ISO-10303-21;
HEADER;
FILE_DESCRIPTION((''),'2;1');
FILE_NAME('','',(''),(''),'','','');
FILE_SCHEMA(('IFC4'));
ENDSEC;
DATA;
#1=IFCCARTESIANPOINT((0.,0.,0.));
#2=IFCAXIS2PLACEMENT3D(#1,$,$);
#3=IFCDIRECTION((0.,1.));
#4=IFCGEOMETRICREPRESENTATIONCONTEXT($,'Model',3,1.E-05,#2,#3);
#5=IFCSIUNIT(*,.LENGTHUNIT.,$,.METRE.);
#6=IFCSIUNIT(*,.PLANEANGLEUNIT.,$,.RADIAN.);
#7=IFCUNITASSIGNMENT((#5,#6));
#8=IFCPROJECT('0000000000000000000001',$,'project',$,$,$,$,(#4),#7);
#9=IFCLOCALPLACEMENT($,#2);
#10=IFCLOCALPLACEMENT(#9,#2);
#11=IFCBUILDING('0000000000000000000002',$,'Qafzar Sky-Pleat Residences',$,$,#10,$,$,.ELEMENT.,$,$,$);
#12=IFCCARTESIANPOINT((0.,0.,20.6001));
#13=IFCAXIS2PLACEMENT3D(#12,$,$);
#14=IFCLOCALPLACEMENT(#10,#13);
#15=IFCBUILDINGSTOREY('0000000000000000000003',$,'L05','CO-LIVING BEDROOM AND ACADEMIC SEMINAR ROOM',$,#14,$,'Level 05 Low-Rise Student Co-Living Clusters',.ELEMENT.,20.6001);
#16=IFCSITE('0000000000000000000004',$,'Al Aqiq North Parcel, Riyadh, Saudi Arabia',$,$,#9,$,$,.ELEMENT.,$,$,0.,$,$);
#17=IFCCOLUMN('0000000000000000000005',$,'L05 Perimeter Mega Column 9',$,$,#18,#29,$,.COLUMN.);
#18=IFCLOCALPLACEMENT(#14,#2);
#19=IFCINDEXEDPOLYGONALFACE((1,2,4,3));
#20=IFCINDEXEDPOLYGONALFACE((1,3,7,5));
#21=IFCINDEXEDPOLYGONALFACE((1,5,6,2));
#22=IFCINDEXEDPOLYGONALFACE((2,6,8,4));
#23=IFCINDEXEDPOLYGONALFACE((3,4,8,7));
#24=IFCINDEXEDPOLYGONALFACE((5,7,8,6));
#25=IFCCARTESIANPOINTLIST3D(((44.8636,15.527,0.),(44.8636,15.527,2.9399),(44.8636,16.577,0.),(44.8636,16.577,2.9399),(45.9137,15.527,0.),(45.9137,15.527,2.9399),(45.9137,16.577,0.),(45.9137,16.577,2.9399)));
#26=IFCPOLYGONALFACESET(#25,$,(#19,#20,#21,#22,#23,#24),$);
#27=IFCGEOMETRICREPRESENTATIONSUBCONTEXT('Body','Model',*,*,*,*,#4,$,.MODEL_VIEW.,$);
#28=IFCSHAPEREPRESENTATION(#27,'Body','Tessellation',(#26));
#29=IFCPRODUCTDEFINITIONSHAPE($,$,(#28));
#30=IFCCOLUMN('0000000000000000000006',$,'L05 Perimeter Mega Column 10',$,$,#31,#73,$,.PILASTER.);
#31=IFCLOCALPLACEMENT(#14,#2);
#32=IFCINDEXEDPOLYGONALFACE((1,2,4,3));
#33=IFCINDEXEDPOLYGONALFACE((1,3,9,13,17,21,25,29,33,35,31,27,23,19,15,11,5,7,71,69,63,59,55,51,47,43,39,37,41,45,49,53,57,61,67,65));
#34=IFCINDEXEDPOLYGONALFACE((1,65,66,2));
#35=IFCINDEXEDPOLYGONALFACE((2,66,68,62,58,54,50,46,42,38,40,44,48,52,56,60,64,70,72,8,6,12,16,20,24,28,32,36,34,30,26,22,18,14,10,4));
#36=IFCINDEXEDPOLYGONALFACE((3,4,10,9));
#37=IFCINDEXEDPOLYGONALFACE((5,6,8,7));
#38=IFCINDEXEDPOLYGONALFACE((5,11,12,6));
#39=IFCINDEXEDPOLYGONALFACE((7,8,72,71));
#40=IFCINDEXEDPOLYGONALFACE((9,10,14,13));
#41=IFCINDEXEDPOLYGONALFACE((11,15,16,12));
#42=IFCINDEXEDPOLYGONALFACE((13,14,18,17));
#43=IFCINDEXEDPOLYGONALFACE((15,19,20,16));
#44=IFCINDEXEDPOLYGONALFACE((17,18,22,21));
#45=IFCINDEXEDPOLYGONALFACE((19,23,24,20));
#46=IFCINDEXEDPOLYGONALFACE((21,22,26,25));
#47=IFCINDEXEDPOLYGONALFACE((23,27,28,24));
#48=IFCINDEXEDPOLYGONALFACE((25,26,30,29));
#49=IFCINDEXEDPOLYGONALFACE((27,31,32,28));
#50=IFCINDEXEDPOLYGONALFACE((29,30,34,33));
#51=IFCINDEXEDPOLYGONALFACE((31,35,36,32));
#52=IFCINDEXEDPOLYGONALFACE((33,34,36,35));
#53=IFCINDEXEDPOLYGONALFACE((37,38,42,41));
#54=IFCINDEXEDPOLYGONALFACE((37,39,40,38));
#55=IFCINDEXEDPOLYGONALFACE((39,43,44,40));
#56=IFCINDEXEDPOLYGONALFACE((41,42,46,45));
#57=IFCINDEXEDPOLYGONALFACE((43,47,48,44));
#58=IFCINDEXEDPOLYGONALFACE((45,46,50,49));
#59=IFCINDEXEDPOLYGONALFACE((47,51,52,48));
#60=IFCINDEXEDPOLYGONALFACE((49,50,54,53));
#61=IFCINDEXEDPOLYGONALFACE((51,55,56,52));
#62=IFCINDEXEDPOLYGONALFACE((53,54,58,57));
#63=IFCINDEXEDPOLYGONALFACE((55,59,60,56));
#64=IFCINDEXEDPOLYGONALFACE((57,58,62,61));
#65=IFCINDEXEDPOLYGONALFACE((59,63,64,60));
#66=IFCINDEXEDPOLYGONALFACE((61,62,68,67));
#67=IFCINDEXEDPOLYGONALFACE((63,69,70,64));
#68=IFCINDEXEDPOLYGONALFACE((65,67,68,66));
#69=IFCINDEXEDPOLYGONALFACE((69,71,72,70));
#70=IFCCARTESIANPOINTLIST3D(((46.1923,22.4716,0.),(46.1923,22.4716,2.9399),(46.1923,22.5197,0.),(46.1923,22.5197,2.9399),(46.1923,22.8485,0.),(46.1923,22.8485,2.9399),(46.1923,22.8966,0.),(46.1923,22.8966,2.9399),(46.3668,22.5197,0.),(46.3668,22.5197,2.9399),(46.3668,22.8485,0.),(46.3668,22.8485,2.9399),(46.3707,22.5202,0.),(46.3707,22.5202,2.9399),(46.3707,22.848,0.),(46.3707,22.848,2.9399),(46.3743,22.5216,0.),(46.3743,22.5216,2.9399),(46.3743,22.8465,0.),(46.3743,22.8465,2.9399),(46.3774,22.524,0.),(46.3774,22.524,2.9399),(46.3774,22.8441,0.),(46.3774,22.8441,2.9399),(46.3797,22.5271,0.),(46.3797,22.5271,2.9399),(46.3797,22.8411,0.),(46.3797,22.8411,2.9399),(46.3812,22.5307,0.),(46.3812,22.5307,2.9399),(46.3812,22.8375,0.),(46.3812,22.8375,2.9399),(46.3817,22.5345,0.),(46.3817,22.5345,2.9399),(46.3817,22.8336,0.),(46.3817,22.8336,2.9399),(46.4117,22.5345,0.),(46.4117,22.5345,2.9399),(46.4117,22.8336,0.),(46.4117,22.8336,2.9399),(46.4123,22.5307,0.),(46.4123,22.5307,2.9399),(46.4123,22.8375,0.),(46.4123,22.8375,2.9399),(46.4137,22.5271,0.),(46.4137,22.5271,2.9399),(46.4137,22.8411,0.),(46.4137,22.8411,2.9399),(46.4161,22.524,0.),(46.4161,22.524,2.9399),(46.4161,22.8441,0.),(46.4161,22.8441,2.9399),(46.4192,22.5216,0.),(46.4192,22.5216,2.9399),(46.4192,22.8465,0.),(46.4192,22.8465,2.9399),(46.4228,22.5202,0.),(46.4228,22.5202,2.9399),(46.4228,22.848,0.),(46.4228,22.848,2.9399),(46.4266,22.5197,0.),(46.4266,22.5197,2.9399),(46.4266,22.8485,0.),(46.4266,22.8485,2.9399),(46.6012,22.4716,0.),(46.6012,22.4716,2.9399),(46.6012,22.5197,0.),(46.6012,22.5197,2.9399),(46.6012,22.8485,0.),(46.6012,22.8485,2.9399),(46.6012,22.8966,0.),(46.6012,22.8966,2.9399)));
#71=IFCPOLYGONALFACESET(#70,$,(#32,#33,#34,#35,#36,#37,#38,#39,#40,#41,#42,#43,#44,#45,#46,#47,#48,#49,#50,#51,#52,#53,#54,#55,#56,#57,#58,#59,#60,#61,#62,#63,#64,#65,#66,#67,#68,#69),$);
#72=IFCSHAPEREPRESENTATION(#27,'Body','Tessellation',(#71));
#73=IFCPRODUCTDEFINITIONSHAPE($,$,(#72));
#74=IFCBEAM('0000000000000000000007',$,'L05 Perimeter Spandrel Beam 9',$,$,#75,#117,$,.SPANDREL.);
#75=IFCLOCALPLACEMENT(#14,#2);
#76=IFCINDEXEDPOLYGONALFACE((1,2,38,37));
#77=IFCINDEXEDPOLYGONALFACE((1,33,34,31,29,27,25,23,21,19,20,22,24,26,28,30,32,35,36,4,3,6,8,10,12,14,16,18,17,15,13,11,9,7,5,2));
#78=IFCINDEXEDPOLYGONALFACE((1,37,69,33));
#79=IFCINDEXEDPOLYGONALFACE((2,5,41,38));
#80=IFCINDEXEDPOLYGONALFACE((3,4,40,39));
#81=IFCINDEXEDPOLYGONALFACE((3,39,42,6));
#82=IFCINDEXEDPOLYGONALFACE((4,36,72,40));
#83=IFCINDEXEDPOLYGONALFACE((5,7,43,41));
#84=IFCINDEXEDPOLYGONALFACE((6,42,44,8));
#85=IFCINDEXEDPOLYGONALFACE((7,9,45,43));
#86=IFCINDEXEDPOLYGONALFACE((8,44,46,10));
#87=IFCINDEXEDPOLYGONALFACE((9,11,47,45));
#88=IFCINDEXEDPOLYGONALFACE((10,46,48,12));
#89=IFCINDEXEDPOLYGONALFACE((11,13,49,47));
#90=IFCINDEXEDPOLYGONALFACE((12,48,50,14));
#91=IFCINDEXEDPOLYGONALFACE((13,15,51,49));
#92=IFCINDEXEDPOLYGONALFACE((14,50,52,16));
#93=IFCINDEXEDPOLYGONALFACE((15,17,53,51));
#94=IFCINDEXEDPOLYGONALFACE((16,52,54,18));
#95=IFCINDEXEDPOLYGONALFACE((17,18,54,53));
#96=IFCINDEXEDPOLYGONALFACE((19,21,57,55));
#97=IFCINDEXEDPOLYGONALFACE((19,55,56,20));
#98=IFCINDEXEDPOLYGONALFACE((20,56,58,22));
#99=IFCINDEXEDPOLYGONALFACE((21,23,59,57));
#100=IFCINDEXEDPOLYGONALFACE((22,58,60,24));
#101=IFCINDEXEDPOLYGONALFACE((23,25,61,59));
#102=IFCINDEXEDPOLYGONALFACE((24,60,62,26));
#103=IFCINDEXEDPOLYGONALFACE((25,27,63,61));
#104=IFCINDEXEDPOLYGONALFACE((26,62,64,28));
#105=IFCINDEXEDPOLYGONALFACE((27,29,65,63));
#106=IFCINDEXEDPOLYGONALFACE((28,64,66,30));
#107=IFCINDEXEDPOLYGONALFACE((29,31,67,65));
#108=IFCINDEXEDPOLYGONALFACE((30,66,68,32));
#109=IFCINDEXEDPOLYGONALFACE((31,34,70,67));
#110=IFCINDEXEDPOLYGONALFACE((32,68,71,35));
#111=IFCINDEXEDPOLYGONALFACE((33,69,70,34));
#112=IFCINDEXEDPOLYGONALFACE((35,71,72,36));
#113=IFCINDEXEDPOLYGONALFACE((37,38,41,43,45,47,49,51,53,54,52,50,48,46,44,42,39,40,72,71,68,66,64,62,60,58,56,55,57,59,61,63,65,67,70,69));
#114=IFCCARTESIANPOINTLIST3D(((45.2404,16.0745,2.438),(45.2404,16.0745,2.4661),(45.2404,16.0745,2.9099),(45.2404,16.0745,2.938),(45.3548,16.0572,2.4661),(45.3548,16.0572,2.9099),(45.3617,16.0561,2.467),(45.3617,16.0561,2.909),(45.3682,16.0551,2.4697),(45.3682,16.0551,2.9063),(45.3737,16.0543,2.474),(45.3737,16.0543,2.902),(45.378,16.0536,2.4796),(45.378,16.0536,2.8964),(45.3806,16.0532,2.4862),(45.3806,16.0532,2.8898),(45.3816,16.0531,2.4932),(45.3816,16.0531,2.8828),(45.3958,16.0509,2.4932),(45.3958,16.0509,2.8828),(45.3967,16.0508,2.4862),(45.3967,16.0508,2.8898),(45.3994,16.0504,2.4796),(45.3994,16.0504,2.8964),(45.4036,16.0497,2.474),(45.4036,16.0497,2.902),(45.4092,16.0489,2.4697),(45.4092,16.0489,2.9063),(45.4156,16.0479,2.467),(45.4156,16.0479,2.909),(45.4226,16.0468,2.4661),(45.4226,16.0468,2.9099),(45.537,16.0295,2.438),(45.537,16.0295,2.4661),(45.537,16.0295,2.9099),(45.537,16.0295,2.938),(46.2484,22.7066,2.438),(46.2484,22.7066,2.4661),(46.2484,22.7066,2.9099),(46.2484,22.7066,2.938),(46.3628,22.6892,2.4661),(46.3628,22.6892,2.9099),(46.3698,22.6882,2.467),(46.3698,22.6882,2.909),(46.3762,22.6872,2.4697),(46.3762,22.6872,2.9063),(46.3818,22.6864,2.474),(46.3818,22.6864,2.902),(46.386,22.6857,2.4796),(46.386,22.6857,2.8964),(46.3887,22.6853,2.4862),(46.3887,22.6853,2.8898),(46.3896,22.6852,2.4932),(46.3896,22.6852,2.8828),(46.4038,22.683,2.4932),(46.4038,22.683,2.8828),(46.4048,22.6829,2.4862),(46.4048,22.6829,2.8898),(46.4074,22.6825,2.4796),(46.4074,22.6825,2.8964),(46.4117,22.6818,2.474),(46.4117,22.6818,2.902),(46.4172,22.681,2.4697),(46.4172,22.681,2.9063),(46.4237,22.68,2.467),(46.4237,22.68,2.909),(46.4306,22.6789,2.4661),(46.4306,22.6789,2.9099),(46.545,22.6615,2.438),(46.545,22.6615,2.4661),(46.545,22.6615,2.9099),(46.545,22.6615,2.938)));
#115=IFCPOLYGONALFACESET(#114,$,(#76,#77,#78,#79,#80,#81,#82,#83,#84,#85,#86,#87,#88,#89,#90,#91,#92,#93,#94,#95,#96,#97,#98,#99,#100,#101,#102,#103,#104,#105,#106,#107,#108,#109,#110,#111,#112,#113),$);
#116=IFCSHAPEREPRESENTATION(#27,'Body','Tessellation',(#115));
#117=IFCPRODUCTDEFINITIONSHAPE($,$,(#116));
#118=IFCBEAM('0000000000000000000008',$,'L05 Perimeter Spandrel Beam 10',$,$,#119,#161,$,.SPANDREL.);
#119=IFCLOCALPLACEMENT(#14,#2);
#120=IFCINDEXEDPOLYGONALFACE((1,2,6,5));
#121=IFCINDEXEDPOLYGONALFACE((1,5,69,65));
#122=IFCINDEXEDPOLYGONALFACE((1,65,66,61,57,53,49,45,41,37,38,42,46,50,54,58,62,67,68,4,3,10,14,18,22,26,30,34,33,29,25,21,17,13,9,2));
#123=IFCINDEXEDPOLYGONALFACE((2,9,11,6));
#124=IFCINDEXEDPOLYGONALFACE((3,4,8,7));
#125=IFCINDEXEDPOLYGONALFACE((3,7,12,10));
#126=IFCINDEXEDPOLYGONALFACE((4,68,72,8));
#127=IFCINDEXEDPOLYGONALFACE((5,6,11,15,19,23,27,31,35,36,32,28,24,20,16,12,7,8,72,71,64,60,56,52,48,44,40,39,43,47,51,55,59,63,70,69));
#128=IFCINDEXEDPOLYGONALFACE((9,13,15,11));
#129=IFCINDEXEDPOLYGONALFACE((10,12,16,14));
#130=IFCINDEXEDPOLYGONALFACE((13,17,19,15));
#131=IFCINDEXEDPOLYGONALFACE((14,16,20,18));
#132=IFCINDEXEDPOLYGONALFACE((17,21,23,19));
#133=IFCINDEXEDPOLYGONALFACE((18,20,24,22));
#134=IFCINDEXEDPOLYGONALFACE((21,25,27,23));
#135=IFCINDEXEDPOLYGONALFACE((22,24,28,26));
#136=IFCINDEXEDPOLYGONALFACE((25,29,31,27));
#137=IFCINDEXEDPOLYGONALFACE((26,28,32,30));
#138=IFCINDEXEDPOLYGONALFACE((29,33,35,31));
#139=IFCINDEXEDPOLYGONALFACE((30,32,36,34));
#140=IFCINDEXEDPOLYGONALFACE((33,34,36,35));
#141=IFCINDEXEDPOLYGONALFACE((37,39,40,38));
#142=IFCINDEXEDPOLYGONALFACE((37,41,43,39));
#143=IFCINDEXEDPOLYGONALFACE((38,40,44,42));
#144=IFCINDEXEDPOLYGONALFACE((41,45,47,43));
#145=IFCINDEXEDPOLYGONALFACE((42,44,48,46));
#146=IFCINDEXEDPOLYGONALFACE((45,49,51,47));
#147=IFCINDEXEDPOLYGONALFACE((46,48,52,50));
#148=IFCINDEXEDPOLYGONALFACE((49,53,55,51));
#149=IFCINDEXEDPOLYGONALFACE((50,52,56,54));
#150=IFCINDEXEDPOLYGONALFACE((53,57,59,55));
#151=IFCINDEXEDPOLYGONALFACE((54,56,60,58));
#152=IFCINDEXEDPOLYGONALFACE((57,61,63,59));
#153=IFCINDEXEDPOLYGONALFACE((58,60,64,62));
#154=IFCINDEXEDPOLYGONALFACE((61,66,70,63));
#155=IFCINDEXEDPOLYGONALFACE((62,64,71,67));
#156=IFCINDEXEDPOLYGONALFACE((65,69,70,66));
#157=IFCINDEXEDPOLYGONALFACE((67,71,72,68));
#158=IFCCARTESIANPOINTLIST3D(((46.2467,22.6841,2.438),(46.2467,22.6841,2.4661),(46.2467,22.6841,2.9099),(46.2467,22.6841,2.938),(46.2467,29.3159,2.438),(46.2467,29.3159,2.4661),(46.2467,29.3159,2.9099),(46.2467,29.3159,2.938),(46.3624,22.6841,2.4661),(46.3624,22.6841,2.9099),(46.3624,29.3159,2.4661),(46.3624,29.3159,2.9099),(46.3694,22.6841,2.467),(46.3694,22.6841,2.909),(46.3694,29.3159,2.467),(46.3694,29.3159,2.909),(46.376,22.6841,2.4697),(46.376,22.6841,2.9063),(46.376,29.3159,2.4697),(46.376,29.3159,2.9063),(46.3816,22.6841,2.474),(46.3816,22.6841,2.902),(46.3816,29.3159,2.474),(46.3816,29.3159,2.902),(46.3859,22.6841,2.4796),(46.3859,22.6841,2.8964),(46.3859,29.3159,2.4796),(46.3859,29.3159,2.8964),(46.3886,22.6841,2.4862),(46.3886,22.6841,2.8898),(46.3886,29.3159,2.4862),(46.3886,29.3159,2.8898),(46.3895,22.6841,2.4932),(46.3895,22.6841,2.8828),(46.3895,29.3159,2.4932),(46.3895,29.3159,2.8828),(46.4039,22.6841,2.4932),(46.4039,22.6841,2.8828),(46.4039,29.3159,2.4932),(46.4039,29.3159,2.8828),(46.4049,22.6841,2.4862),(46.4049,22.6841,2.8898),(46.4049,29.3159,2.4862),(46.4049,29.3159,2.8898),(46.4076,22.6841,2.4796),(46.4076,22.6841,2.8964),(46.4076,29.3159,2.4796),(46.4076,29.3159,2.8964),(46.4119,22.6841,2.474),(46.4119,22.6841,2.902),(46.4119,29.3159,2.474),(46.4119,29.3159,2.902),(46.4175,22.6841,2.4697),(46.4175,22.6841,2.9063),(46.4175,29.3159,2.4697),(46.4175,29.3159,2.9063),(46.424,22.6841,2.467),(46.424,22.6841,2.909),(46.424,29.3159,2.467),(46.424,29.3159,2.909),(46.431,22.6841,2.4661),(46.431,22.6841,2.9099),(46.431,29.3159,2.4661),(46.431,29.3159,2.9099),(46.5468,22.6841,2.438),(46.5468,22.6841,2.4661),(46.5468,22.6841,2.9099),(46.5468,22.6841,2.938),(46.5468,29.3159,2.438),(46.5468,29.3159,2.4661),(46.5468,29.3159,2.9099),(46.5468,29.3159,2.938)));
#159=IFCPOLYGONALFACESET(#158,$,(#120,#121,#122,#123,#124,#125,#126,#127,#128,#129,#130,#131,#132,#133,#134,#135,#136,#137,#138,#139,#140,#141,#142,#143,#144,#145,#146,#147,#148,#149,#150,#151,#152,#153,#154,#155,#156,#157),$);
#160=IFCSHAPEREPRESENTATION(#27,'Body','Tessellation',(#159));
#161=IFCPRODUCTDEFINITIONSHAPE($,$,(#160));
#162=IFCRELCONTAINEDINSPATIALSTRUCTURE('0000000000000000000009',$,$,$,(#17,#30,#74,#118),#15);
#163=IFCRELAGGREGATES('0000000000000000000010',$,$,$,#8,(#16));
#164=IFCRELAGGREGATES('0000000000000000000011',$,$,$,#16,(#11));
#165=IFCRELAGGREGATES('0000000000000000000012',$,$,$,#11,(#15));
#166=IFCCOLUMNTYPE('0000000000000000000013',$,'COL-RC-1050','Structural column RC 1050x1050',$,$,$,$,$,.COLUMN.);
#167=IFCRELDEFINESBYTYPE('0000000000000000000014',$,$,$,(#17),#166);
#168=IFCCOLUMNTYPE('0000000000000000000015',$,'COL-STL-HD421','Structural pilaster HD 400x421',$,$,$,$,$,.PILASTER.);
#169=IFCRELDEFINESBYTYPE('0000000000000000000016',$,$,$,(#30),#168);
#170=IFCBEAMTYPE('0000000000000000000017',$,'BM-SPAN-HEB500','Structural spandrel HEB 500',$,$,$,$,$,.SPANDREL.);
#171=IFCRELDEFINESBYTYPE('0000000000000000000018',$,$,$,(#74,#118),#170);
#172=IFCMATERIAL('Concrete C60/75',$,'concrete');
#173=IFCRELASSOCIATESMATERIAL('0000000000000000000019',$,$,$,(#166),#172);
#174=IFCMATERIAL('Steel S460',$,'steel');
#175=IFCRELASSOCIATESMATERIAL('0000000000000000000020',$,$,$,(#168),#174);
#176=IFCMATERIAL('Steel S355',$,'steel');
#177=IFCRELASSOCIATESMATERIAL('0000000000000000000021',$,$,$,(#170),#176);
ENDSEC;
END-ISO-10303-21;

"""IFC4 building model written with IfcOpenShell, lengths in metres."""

from ifc_helpers import new_model, si_unit, direction, frame, origin, origin_2d, place, context, subcontext, project, spatial, rectangle, i_section, extrude, source, transform, mapped, material, material_profile, profile_set, type_object, element, save


model = new_model("IFC4")

# Units and contexts
model_context = context("Model", 3, precision=1e-05, world=origin(), true_north=direction((0.0, 1.0)))
body_context = subcontext(model_context, "Body", "Model", "MODEL_VIEW")
ifc_project = project(units=[si_unit("LENGTHUNIT", "METRE"), si_unit("PLANEANGLEUNIT", "RADIAN")], contexts=[model_context])

# Site, building, storey
site_placement = place(None, origin())
site = spatial("IfcSite", under=ifc_project, at=site_placement, Name="Al Aqiq North Parcel, Riyadh, Saudi Arabia", CompositionType="ELEMENT", RefElevation=0.0)
building_placement = place(site_placement, origin())
building = spatial("IfcBuilding", under=site, at=building_placement, Name="Qafzar Sky-Pleat Residences", CompositionType="ELEMENT")
storey_placement = place(building_placement, frame((0.0, 0.0, 20.6001)))
storey = spatial("IfcBuildingStorey", under=building, at=storey_placement, Name="L05", Description="CO-LIVING BEDROOM AND ACADEMIC SEMINAR ROOM", LongName="Level 05 Low-Rise Student Co-Living Clusters", CompositionType="ELEMENT", Elevation=20.6001)

# Columns
ifc_material_1 = material(Name="Concrete C60/75", Category="concrete")
ifc_material_profile_1 = material_profile(ifc_material_1, rectangle(XDim=1.05, YDim=1.05, at=origin_2d()), Name="RC 1050x1050")
ifc_profile_set_1 = profile_set([ifc_material_profile_1], Name="Concrete C60/75")
column_type_1 = type_object("IfcColumnType", Name="COL-RC-1050", Description="Structural column RC 1050x1050", PredefinedType="COLUMN", material=ifc_profile_set_1)
shared_shape_1 = source(origin(), body_context, "Body", "SweptSolid", [
    extrude(rectangle(XDim=1.05, YDim=1.05, at=origin_2d()), origin(), (0.0, 0.0, 1.0), 2.9399),
])
column_1_placement = place(storey_placement, frame((45.3887, 16.052, 0.0), z_axis=(0.0, 0.0, 1.0), x_axis=(1.0, 0.0, 0.0)))
element("IfcColumn", 1, at=column_1_placement, inside=storey, type_object=column_type_1, Name="L05 Perimeter Mega Column 9", PredefinedType="COLUMN", context=body_context, shape_type="MappedRepresentation", body=[
    mapped(shared_shape_1, transform((0.0, 0.0, 0.0), x_axis=(1.0, 0.0, 0.0), y_axis=(0.0, 1.0, 0.0), z_axis=(0.0, 0.0, 1.0), scale=1.0)),
])
ifc_material_2 = material(Name="Steel S460", Category="steel")
ifc_material_profile_2 = material_profile(ifc_material_2, i_section(OverallWidth=0.4089, OverallDepth=0.425, WebThickness=0.03, FlangeThickness=0.0481, FilletRadius=0.0149, at=origin_2d()), Name="HD 400x421")
ifc_profile_set_2 = profile_set([ifc_material_profile_2], Name="Steel S460")
column_type_2 = type_object("IfcColumnType", Name="COL-STL-HD421", Description="Structural pilaster HD 400x421", PredefinedType="PILASTER", material=ifc_profile_set_2)
shared_shape_2 = source(origin(), body_context, "Body", "SweptSolid", [
    extrude(i_section(OverallWidth=0.4089, OverallDepth=0.425, WebThickness=0.03, FlangeThickness=0.0481, FilletRadius=0.0149, at=origin_2d()), origin(), (0.0, 0.0, 1.0), 2.9399),
])
column_2_placement = place(storey_placement, frame((46.3967, 22.6841, 0.0), z_axis=(0.0, 0.0, 1.0), x_axis=(1.0, 0.0, 0.0)))
element("IfcColumn", 2, at=column_2_placement, inside=storey, type_object=column_type_2, Name="L05 Perimeter Mega Column 10", PredefinedType="PILASTER", context=body_context, shape_type="MappedRepresentation", body=[
    mapped(shared_shape_2, transform((0.0, 0.0, 0.0), x_axis=(1.0, 0.0, 0.0), y_axis=(0.0, 1.0, 0.0), z_axis=(0.0, 0.0, 1.0), scale=1.0)),
])

# Beams
ifc_material_3 = material(Name="Steel S355", Category="steel")
ifc_material_profile_3 = material_profile(ifc_material_3, i_section(OverallWidth=0.3, OverallDepth=0.5, WebThickness=0.0144, FlangeThickness=0.0281, FilletRadius=0.0271, at=origin_2d()), Name="HEB 500")
ifc_profile_set_3 = profile_set([ifc_material_profile_3], Name="Steel S355")
beam_type_1 = type_object("IfcBeamType", Name="BM-SPAN-HEB500", Description="Structural spandrel HEB 500", PredefinedType="SPANDREL", material=ifc_profile_set_3)
shared_shape_3 = source(origin(), body_context, "Body", "SweptSolid", [
    extrude(i_section(OverallWidth=0.3, OverallDepth=0.5, WebThickness=0.0144, FlangeThickness=0.0281, FilletRadius=0.0271, at=origin_2d()), origin(), (0.0, 0.0, 1.0), 6.7083),
])
beam_1_placement = place(storey_placement, frame((45.3887, 16.052, 2.688), z_axis=(0.150271, 0.988645, 0.0), x_axis=(-0.988645, 0.150271, 0.0)))
element("IfcBeam", 3, at=beam_1_placement, inside=storey, type_object=beam_type_1, Name="L05 Perimeter Spandrel Beam 9", PredefinedType="SPANDREL", context=body_context, shape_type="MappedRepresentation", body=[
    mapped(shared_shape_3, transform((0.0, 0.0, 0.0), x_axis=(1.0, 0.0, 0.0), y_axis=(0.0, 1.0, 0.0), z_axis=(0.0, 0.0, 1.0), scale=1.0)),
])
shared_shape_4 = source(origin(), body_context, "Body", "SweptSolid", [
    extrude(i_section(OverallWidth=0.3, OverallDepth=0.5, WebThickness=0.0144, FlangeThickness=0.0281, FilletRadius=0.0271, at=origin_2d()), origin(), (0.0, 0.0, 1.0), 6.6318),
])
beam_2_placement = place(storey_placement, frame((46.3967, 22.6841, 2.688), z_axis=(0.0, 1.0, 0.0), x_axis=(-1.0, 0.0, 0.0)))
element("IfcBeam", 4, at=beam_2_placement, inside=storey, type_object=beam_type_1, Name="L05 Perimeter Spandrel Beam 10", PredefinedType="SPANDREL", context=body_context, shape_type="MappedRepresentation", body=[
    mapped(shared_shape_4, transform((0.0, 0.0, 0.0), x_axis=(1.0, 0.0, 0.0), y_axis=(0.0, 1.0, 0.0), z_axis=(0.0, 0.0, 1.0), scale=1.0)),
])

save(model, "model.ifc")
